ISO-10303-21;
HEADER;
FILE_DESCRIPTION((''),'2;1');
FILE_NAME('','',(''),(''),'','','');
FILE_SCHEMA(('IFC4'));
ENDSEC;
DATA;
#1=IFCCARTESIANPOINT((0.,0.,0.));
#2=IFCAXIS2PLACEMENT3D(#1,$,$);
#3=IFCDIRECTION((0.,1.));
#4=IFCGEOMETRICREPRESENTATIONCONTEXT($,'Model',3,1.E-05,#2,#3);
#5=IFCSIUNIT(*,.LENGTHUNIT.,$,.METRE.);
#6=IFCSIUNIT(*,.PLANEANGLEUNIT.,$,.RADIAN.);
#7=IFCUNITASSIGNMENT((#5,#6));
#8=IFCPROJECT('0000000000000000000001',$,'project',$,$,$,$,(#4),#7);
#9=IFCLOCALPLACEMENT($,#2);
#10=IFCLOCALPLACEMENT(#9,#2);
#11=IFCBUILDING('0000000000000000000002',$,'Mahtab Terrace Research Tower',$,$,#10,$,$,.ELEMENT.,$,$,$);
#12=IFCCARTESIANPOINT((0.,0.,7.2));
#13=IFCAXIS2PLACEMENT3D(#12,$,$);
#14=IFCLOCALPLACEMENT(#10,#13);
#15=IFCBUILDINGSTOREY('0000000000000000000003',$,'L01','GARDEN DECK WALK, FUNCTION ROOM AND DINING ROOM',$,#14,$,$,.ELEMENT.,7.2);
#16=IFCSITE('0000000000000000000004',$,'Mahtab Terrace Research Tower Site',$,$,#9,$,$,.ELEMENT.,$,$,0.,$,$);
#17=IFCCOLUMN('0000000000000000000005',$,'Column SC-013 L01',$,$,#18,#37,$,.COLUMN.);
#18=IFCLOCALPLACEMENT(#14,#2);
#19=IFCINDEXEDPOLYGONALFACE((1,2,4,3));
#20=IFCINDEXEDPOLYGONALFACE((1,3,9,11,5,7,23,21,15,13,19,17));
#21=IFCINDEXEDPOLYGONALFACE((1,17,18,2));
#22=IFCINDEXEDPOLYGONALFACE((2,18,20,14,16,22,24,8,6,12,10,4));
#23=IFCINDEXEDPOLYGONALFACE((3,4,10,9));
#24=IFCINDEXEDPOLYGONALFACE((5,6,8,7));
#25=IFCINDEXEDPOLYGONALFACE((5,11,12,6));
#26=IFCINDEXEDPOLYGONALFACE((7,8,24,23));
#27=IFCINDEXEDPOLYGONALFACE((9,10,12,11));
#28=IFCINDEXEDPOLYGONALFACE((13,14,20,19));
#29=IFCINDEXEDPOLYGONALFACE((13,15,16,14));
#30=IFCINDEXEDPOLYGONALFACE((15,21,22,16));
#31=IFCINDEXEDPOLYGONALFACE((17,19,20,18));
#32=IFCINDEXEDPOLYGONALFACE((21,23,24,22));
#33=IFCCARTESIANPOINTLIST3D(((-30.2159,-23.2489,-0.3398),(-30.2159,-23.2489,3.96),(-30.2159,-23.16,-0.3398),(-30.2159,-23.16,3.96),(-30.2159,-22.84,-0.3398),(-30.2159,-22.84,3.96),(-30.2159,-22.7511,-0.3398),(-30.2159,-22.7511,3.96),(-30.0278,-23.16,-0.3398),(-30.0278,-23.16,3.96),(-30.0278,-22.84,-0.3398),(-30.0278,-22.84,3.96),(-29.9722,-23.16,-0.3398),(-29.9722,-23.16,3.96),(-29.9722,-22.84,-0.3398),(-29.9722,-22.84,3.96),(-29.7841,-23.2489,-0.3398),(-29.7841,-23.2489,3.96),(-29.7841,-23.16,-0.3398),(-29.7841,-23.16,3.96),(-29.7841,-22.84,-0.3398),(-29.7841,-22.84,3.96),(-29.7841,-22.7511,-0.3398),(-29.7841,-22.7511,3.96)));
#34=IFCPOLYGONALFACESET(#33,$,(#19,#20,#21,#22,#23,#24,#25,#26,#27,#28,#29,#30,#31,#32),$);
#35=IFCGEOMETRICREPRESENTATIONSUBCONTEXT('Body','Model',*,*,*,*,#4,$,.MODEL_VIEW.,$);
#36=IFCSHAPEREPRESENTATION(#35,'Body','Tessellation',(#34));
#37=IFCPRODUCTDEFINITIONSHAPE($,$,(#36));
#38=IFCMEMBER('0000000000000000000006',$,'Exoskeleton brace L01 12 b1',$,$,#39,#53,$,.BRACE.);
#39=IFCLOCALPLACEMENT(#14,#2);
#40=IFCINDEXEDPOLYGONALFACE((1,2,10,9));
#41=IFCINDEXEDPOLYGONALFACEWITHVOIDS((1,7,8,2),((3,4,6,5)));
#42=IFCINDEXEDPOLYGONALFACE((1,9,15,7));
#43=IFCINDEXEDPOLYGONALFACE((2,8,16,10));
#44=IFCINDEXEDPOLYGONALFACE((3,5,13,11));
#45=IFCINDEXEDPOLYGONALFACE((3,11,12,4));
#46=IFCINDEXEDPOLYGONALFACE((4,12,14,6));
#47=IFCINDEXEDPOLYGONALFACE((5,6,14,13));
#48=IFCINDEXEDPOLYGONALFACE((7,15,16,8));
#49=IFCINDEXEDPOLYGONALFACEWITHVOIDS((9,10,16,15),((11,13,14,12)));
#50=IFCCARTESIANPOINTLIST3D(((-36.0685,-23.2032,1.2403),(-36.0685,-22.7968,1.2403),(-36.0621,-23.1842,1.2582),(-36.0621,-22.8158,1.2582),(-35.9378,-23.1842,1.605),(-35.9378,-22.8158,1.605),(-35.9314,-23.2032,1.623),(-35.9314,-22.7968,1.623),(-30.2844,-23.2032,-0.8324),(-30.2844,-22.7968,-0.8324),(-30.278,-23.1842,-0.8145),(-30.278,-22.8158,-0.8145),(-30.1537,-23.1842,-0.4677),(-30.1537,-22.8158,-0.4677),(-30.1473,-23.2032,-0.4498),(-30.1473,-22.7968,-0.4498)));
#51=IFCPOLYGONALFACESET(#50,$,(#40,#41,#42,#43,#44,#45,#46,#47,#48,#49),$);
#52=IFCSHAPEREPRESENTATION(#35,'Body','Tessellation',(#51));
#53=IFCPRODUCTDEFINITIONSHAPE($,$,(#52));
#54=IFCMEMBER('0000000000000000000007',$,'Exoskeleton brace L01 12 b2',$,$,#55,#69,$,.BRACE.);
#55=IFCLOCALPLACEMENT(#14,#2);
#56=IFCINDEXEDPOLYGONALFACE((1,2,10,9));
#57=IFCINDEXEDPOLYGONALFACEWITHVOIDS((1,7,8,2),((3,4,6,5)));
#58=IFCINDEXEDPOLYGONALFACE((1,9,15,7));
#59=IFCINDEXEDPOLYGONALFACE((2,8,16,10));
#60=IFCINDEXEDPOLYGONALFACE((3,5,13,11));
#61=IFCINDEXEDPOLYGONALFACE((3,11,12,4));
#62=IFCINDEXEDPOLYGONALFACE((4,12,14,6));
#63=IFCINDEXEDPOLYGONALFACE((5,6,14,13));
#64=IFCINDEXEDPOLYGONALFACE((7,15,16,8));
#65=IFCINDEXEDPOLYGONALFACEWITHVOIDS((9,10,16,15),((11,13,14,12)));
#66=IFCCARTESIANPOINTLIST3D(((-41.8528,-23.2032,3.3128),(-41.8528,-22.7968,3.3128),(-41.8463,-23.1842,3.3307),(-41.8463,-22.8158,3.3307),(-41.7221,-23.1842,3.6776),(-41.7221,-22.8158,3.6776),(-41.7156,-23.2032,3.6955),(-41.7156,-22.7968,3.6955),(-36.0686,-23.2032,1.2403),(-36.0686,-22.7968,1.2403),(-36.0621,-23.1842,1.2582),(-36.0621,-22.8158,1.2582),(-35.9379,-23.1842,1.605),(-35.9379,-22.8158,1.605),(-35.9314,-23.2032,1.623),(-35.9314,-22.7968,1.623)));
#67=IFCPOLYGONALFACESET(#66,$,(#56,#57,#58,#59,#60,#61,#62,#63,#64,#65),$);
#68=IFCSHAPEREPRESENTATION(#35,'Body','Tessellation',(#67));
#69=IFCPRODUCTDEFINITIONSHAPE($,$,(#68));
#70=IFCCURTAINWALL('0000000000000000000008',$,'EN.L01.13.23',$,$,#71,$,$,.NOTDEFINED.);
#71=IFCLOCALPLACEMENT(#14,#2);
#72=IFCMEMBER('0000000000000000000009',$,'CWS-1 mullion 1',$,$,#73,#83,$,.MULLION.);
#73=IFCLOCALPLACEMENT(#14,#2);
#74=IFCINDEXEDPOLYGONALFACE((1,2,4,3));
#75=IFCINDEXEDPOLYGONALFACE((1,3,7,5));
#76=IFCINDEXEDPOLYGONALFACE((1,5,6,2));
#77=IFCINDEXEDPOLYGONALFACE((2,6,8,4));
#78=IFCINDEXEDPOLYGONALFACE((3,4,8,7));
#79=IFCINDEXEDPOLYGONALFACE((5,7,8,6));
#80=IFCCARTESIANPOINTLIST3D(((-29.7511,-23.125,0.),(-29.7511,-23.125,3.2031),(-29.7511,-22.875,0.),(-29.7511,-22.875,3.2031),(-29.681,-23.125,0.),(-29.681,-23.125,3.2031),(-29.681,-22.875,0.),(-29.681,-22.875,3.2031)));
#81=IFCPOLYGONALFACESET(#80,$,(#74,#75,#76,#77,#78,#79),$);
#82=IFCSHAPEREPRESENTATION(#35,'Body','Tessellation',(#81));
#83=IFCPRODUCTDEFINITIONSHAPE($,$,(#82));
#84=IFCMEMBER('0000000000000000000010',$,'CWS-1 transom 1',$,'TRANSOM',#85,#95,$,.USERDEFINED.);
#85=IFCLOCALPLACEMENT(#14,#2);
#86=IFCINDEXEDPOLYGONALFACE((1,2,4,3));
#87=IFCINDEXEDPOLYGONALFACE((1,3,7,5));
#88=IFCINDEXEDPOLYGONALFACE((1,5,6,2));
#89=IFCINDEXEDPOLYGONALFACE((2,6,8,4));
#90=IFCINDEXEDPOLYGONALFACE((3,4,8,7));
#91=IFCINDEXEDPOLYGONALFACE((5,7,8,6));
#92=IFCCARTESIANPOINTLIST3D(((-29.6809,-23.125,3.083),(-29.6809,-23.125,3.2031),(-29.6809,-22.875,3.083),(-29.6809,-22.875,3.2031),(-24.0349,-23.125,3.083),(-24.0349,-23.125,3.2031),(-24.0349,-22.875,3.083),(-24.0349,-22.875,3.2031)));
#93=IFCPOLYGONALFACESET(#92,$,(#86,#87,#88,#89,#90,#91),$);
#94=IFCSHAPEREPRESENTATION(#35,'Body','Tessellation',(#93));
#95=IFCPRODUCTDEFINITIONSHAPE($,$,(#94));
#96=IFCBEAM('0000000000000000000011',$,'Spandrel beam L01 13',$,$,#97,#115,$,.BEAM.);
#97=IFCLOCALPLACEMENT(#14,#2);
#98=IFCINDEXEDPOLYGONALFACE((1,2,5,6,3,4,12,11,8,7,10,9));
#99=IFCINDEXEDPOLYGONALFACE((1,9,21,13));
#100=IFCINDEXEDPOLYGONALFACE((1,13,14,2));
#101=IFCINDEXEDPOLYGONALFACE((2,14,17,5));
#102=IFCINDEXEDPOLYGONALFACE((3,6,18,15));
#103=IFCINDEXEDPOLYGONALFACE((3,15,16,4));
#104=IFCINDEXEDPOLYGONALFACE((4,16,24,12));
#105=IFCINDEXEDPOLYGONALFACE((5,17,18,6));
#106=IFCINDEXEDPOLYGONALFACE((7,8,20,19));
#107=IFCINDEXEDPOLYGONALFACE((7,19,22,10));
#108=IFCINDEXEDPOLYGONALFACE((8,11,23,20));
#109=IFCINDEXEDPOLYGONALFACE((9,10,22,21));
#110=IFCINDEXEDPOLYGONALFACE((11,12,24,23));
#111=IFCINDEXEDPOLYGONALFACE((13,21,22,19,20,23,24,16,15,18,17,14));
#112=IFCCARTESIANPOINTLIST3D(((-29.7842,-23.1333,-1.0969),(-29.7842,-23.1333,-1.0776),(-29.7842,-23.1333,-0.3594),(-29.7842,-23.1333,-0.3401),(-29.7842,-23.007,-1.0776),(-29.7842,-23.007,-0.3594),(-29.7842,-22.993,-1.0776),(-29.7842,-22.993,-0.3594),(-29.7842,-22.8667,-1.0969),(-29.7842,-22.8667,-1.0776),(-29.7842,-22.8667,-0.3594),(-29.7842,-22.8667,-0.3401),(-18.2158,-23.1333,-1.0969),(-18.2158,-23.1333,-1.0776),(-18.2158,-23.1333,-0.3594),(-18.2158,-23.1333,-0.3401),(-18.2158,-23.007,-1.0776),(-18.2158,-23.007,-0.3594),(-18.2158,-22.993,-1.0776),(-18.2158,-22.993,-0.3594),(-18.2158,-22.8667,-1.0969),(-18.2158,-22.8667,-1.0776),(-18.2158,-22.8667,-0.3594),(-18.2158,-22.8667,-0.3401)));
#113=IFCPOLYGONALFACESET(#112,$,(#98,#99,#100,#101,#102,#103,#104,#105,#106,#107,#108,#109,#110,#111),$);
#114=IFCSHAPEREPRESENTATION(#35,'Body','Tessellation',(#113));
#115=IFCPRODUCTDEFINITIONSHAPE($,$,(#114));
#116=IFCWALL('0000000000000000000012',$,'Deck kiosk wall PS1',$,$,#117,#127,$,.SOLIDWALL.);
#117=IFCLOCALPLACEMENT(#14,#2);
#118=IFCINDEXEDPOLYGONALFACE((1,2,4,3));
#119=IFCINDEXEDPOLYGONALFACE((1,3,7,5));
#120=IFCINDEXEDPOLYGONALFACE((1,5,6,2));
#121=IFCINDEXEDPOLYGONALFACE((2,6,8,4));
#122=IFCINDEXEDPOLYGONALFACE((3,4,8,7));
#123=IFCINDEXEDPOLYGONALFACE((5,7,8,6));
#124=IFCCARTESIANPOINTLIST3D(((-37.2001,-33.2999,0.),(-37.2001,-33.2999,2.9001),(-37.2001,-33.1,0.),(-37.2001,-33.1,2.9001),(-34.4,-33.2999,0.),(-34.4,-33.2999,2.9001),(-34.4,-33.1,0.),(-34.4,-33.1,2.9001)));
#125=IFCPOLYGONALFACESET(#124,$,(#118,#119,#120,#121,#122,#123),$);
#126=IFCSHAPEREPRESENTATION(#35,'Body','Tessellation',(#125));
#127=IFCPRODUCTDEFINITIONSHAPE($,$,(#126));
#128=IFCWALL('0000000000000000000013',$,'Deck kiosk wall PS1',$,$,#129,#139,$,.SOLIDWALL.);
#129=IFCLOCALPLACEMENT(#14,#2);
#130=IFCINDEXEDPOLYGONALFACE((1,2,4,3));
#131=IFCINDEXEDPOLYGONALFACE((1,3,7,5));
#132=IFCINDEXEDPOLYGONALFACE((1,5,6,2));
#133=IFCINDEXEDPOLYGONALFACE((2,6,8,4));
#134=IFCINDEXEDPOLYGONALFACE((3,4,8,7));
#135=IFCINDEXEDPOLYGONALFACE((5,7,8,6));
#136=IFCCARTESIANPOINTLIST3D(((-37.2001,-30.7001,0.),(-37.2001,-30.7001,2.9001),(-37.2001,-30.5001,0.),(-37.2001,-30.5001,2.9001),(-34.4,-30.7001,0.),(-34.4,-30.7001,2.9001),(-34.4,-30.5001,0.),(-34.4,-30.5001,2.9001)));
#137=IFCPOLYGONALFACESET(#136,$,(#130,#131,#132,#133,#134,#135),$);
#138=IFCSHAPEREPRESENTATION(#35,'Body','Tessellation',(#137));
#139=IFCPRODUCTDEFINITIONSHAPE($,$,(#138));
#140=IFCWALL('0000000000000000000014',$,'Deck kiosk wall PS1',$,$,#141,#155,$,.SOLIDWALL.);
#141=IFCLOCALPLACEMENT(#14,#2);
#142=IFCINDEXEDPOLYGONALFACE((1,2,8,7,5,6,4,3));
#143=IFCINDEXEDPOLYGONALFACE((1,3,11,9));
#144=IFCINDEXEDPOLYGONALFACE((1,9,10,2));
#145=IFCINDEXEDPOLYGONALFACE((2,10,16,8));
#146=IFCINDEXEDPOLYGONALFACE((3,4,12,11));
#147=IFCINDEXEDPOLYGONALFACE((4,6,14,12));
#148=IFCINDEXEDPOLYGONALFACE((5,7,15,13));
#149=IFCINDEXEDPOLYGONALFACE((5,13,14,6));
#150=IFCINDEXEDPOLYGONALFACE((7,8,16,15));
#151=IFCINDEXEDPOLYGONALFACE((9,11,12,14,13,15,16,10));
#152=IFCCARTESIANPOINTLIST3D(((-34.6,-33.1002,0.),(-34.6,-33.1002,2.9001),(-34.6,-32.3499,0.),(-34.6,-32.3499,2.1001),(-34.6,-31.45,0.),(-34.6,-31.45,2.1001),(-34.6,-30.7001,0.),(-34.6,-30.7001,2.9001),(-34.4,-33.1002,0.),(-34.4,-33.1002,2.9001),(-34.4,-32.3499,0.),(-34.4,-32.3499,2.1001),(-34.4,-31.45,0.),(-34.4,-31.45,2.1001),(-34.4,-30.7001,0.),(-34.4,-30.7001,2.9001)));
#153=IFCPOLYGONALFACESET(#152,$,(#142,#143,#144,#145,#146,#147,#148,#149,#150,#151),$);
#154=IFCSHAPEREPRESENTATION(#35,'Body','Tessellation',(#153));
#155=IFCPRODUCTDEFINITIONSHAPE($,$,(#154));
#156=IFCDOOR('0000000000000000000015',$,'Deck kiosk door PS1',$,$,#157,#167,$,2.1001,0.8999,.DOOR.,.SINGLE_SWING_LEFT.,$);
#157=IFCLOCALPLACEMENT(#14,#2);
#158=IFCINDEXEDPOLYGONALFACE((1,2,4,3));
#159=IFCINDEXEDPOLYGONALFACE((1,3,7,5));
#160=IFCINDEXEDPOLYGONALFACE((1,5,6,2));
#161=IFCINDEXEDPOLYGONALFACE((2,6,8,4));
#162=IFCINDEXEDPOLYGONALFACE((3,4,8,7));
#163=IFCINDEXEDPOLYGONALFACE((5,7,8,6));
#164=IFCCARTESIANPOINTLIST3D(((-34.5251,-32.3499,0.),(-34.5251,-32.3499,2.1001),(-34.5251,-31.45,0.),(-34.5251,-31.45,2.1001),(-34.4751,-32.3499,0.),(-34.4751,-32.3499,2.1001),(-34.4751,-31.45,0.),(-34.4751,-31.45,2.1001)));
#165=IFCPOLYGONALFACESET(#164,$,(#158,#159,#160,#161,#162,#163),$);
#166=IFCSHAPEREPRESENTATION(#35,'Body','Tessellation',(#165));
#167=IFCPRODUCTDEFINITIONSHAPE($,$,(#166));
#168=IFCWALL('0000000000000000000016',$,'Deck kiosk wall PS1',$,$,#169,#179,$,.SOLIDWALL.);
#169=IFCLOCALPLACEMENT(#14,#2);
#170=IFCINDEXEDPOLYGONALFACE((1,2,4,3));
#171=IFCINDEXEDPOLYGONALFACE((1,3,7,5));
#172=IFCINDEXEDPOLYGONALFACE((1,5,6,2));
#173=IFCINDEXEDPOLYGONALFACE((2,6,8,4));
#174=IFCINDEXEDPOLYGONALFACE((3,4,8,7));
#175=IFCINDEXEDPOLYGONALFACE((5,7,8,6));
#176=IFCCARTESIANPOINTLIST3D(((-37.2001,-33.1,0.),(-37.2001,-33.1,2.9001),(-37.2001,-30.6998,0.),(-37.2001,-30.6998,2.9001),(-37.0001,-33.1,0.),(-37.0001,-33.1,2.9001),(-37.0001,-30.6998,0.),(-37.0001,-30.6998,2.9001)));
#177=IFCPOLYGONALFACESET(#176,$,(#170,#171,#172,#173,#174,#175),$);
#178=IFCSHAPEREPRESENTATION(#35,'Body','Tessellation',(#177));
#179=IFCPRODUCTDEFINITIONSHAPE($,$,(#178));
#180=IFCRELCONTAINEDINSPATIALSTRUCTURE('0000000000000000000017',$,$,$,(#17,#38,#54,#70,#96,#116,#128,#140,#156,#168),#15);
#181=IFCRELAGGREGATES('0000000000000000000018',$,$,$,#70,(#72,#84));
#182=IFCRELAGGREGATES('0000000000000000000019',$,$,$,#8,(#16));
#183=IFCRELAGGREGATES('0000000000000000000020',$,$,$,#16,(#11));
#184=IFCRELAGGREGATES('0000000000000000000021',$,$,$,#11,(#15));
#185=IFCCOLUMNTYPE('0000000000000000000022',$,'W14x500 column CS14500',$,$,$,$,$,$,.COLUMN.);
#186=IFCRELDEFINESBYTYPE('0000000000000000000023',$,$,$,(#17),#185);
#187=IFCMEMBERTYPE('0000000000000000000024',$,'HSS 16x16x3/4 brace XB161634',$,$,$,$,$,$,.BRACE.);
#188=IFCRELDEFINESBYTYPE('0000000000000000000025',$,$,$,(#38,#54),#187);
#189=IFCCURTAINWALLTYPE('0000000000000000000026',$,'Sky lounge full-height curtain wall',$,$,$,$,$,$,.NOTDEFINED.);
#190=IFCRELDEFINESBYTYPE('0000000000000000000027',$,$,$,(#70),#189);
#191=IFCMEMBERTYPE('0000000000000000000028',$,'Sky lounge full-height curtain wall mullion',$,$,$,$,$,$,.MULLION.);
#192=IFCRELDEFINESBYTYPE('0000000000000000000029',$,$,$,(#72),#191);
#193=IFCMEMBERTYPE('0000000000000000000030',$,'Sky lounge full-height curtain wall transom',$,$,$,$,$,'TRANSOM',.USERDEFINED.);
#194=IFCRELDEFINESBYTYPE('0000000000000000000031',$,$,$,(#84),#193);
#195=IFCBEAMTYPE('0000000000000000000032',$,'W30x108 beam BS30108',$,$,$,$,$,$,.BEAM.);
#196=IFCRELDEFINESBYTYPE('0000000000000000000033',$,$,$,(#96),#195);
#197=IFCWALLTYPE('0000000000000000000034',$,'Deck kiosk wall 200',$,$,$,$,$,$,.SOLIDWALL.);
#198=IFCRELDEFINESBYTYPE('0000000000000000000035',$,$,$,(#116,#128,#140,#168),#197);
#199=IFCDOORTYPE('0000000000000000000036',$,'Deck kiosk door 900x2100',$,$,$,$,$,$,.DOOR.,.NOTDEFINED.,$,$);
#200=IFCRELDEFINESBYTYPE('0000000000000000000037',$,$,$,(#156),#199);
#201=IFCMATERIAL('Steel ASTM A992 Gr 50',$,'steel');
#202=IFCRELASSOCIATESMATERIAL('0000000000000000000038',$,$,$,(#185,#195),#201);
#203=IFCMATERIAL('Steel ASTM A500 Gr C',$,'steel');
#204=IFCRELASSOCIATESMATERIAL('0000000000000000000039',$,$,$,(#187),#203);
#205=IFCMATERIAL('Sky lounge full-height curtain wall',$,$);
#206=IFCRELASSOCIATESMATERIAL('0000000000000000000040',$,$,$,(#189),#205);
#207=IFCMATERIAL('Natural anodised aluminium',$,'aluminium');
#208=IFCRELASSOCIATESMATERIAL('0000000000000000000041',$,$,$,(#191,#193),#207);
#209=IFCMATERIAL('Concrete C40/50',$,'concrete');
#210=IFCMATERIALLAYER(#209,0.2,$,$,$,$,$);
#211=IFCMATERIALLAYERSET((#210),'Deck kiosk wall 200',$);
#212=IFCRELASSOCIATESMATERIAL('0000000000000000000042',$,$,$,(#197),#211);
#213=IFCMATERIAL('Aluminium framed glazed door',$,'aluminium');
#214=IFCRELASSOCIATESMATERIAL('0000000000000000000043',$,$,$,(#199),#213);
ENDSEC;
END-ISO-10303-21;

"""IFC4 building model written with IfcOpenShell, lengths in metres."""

from ifc_helpers import new_model, si_unit, direction, frame, frame_2d, origin, origin_2d, place, context, subcontext, project, spatial, rectangle, hollow_rectangle, i_section, extrude, material, layer, layer_set, material_profile, profile_set, type_object, element, fill, aggregate, save


model = new_model("IFC4")

# Units and contexts
model_context = context("Model", 3, precision=1e-05, world=origin(), true_north=direction((0.0, 1.0)))
body_context = subcontext(model_context, "Body", "Model", "MODEL_VIEW")
ifc_project = project(units=[si_unit("LENGTHUNIT", "METRE"), si_unit("PLANEANGLEUNIT", "RADIAN")], contexts=[model_context])

# Site, building, storey
site_placement = place(None, origin())
site = spatial("IfcSite", under=ifc_project, at=site_placement, Name="Mahtab Terrace Research Tower Site", CompositionType="ELEMENT", RefElevation=0.0)
building_placement = place(site_placement, origin())
building = spatial("IfcBuilding", under=site, at=building_placement, Name="Mahtab Terrace Research Tower", CompositionType="ELEMENT")
storey_placement = place(building_placement, frame((0.0, 0.0, 7.2)))
storey = spatial("IfcBuildingStorey", under=building, at=storey_placement, Name="L01", Description="GARDEN DECK WALK, FUNCTION ROOM AND DINING ROOM", CompositionType="ELEMENT", Elevation=7.2)

# Column
ifc_material_1 = material(Name="Steel ASTM A992 Gr 50", Category="steel")
ifc_material_profile_1 = material_profile(ifc_material_1, i_section(OverallWidth=0.4319, OverallDepth=0.4978, WebThickness=0.0557, FlangeThickness=0.0889, at=origin_2d()), Name="W14X500")
ifc_profile_set_1 = profile_set([ifc_material_profile_1], Name="Steel ASTM A992 Gr 50")
column_type = type_object("IfcColumnType", Name="W14x500 column CS14500", PredefinedType="COLUMN", material=ifc_profile_set_1)
column_placement = place(storey_placement, frame((-30.0, -23.0, -0.3398), z_axis=(0.0, 0.0, 1.0), x_axis=(1.0, 0.0, 0.0)))
element("IfcColumn", 1, at=column_placement, inside=storey, type_object=column_type, Name="Column SC-013 L01", PredefinedType="COLUMN", context=body_context, shape_type="SweptSolid", body=[
    extrude(i_section(OverallWidth=0.4319, OverallDepth=0.4978, WebThickness=0.0557, FlangeThickness=0.0889, at=origin_2d()), origin(), (0.0, 0.0, 1.0), 4.2998),
])

# Members
ifc_material_2 = material(Name="Steel ASTM A500 Gr C", Category="steel")
ifc_material_profile_2 = material_profile(ifc_material_2, hollow_rectangle(XDim=0.4065, YDim=0.4065, WallThickness=0.019, at=origin_2d()), Name="HSS16X16X3/4")
ifc_profile_set_2 = profile_set([ifc_material_profile_2], Name="Steel ASTM A500 Gr C")
member_type_1 = type_object("IfcMemberType", Name="HSS 16x16x3/4 brace XB161634", PredefinedType="BRACE", material=ifc_profile_set_2)
for number, where, z_axis, x_axis, name in (
    (2, (-30.2158, -23.0, -0.6411), (-0.941382, 0.0, 0.337343), (0.0, -1.0, 0.0), "Exoskeleton brace L01 12 b1"),
    (3, (-36.0, -23.0, 1.4316), (-0.941394, 0.0, 0.337308), (0.0, -1.0, 0.0), "Exoskeleton brace L01 12 b2"),
):
    element("IfcMember", number, at=place(storey_placement, frame(where, z_axis=z_axis, x_axis=x_axis)), inside=storey, type_object=member_type_1, Name=name, PredefinedType="BRACE", context=body_context, shape_type="SweptSolid", body=[
        extrude(hollow_rectangle(XDim=0.4065, YDim=0.4065, WallThickness=0.019, at=origin_2d()), origin(), (0.0, 0.0, 1.0), 6.1443),
    ])

# Curtain wall, members
ifc_material_3 = material(Name="Sky lounge full-height curtain wall")
curtain_wall_type = type_object("IfcCurtainWallType", Name="Sky lounge full-height curtain wall", PredefinedType="NOTDEFINED", material=ifc_material_3)
curtain_wall_placement = place(storey_placement, origin())
curtain_wall = element("IfcCurtainWall", 4, at=curtain_wall_placement, inside=storey, type_object=curtain_wall_type, Name="EN.L01.13.23", PredefinedType="NOTDEFINED")
ifc_material_4 = material(Name="Natural anodised aluminium", Category="aluminium")
ifc_material_profile_3 = material_profile(ifc_material_4, rectangle(XDim=0.25, YDim=0.0701, at=origin_2d()), Name="MULLION 70x250")
ifc_profile_set_3 = profile_set([ifc_material_profile_3], Name="Natural anodised aluminium")
member_type_2 = type_object("IfcMemberType", Name="Sky lounge full-height curtain wall mullion", PredefinedType="MULLION", material=ifc_profile_set_3)
member_1_placement = place(storey_placement, frame((-29.7161, -23.0, 0.0), z_axis=(0.0, 0.0, 1.0), x_axis=(0.0, 1.0, 0.0)))
member_1 = element("IfcMember", 5, at=member_1_placement, type_object=member_type_2, Name="CWS-1 mullion 1", PredefinedType="MULLION", context=body_context, shape_type="SweptSolid", body=[
    extrude(rectangle(XDim=0.25, YDim=0.0701, at=origin_2d()), origin(), (0.0, 0.0, 1.0), 3.2031),
])
ifc_material_profile_4 = material_profile(ifc_material_4, rectangle(XDim=0.25, YDim=0.1201, at=origin_2d()), Name="TRANSOM 120x250")
ifc_profile_set_4 = profile_set([ifc_material_profile_4], Name="Natural anodised aluminium")
member_type_3 = type_object("IfcMemberType", Name="Sky lounge full-height curtain wall transom", ElementType="TRANSOM", PredefinedType="USERDEFINED", material=ifc_profile_set_4)
member_2_placement = place(storey_placement, frame((-29.6809, -23.0, 3.1431), z_axis=(1.0, 0.0, 0.0), x_axis=(0.0, 1.0, 0.0)))
member_2 = element("IfcMember", 6, at=member_2_placement, type_object=member_type_3, Name="CWS-1 transom 1", ObjectType="TRANSOM", PredefinedType="USERDEFINED", context=body_context, shape_type="SweptSolid", body=[
    extrude(rectangle(XDim=0.25, YDim=0.1201, at=origin_2d()), origin(), (0.0, 0.0, 1.0), 5.646),
])
aggregate(curtain_wall, [member_1, member_2])

# Beam
ifc_material_profile_5 = material_profile(ifc_material_1, i_section(OverallWidth=0.2666, OverallDepth=0.7568, WebThickness=0.0139, FlangeThickness=0.0193, at=origin_2d()), Name="W30X108")
ifc_profile_set_5 = profile_set([ifc_material_profile_5], Name="Steel ASTM A992 Gr 50")
beam_type = type_object("IfcBeamType", Name="W30x108 beam BS30108", PredefinedType="BEAM", material=ifc_profile_set_5)
beam_placement = place(storey_placement, frame((-29.7842, -23.0, -0.7185), z_axis=(1.0, 0.0, 0.0), x_axis=(0.0, 1.0, 0.0)))
element("IfcBeam", 7, at=beam_placement, inside=storey, type_object=beam_type, Name="Spandrel beam L01 13", PredefinedType="BEAM", context=body_context, shape_type="SweptSolid", body=[
    extrude(i_section(OverallWidth=0.2666, OverallDepth=0.7568, WebThickness=0.0139, FlangeThickness=0.0193, at=origin_2d()), origin(), (0.0, 0.0, 1.0), 11.5684),
])

# Walls
ifc_material_5 = material(Name="Concrete C40/50", Category="concrete")
ifc_layer_1 = layer(ifc_material_5, 0.2)
ifc_layer_set_1 = layer_set([ifc_layer_1], Name="Deck kiosk wall 200")
wall_type_1 = type_object("IfcWallType", Name="Deck kiosk wall 200", PredefinedType="SOLIDWALL", material=ifc_layer_set_1)
for number, where, z_axis, x_axis, name in (
    (8, (-37.2, -33.2, 0.0), (0.0, 0.0, 1.0), (1.0, 0.0, 0.0), "Deck kiosk wall PS1"),
    (9, (-37.2, -30.6001, 0.0), (0.0, 0.0, 1.0), (1.0, 0.0, 0.0), "Deck kiosk wall PS1"),
):
    element("IfcWall", number, at=place(storey_placement, frame(where, z_axis=z_axis, x_axis=x_axis)), inside=storey, type_object=wall_type_1, Name=name, PredefinedType="SOLIDWALL", context=body_context, shape_type="SweptSolid", body=[
        extrude(rectangle(XDim=2.8, YDim=0.2, at=frame_2d((1.3999, 0.0))), origin(), (0.0, 0.0, 1.0), 2.9001),
    ])

# Wall, opening, door
wall_1_placement = place(storey_placement, frame((-34.5, -30.7, 0.0), z_axis=(0.0, 0.0, 1.0), x_axis=(0.0, -1.0, 0.0)))
wall_1 = element("IfcWall", 10, at=wall_1_placement, inside=storey, type_object=wall_type_1, Name="Deck kiosk wall PS1", PredefinedType="SOLIDWALL", context=body_context, shape_type="SweptSolid", body=[
    extrude(rectangle(XDim=2.4001, YDim=0.2, at=frame_2d((1.2002, 0.0))), origin(), (0.0, 0.0, 1.0), 2.9001),
])
opening_placement = place(wall_1_placement, frame((0.75, 0.0, 0.0)))
opening = element("IfcOpeningElement", 11, at=opening_placement, cuts=wall_1, PredefinedType="OPENING", context=body_context, shape_type="SweptSolid", body=[
    extrude(rectangle(XDim=0.8999, YDim=2.1001, at=frame_2d((0.45, 1.05))), frame((0.0, 0.1099, 0.0), z_axis=(0.0, -1.0, 0.0), x_axis=(1.0, 0.0, 0.0)), (0.0, 0.0, 1.0), 0.22),
])
ifc_material_6 = material(Name="Aluminium framed glazed door", Category="aluminium")
door_type = type_object("IfcDoorType", Name="Deck kiosk door 900x2100", OperationType="NOTDEFINED", PredefinedType="DOOR", material=ifc_material_6)
door_placement = place(opening_placement, origin())
door = element("IfcDoor", 12, at=door_placement, inside=storey, type_object=door_type, Name="Deck kiosk door PS1", OperationType="SINGLE_SWING_LEFT", OverallHeight=2.1001, OverallWidth=0.8999, PredefinedType="DOOR", context=body_context, shape_type="SweptSolid", body=[
    extrude(rectangle(XDim=0.8999, YDim=2.1001, at=frame_2d((0.45, 1.05))), frame((0.0, 0.0249, 0.0), z_axis=(0.0, -1.0, 0.0), x_axis=(1.0, 0.0, 0.0)), (0.0, 0.0, 1.0), 0.05),
])
fill(opening, door)

# Wall
wall_2_placement = place(storey_placement, frame((-37.1001, -33.1001, 0.0), z_axis=(0.0, 0.0, 1.0), x_axis=(0.0, 1.0, 0.0)))
element("IfcWall", 13, at=wall_2_placement, inside=storey, type_object=wall_type_1, Name="Deck kiosk wall PS1", PredefinedType="SOLIDWALL", context=body_context, shape_type="SweptSolid", body=[
    extrude(rectangle(XDim=2.4001, YDim=0.2, at=frame_2d((1.2002, 0.0))), origin(), (0.0, 0.0, 1.0), 2.9001),
])

save(model, "model.ifc")
